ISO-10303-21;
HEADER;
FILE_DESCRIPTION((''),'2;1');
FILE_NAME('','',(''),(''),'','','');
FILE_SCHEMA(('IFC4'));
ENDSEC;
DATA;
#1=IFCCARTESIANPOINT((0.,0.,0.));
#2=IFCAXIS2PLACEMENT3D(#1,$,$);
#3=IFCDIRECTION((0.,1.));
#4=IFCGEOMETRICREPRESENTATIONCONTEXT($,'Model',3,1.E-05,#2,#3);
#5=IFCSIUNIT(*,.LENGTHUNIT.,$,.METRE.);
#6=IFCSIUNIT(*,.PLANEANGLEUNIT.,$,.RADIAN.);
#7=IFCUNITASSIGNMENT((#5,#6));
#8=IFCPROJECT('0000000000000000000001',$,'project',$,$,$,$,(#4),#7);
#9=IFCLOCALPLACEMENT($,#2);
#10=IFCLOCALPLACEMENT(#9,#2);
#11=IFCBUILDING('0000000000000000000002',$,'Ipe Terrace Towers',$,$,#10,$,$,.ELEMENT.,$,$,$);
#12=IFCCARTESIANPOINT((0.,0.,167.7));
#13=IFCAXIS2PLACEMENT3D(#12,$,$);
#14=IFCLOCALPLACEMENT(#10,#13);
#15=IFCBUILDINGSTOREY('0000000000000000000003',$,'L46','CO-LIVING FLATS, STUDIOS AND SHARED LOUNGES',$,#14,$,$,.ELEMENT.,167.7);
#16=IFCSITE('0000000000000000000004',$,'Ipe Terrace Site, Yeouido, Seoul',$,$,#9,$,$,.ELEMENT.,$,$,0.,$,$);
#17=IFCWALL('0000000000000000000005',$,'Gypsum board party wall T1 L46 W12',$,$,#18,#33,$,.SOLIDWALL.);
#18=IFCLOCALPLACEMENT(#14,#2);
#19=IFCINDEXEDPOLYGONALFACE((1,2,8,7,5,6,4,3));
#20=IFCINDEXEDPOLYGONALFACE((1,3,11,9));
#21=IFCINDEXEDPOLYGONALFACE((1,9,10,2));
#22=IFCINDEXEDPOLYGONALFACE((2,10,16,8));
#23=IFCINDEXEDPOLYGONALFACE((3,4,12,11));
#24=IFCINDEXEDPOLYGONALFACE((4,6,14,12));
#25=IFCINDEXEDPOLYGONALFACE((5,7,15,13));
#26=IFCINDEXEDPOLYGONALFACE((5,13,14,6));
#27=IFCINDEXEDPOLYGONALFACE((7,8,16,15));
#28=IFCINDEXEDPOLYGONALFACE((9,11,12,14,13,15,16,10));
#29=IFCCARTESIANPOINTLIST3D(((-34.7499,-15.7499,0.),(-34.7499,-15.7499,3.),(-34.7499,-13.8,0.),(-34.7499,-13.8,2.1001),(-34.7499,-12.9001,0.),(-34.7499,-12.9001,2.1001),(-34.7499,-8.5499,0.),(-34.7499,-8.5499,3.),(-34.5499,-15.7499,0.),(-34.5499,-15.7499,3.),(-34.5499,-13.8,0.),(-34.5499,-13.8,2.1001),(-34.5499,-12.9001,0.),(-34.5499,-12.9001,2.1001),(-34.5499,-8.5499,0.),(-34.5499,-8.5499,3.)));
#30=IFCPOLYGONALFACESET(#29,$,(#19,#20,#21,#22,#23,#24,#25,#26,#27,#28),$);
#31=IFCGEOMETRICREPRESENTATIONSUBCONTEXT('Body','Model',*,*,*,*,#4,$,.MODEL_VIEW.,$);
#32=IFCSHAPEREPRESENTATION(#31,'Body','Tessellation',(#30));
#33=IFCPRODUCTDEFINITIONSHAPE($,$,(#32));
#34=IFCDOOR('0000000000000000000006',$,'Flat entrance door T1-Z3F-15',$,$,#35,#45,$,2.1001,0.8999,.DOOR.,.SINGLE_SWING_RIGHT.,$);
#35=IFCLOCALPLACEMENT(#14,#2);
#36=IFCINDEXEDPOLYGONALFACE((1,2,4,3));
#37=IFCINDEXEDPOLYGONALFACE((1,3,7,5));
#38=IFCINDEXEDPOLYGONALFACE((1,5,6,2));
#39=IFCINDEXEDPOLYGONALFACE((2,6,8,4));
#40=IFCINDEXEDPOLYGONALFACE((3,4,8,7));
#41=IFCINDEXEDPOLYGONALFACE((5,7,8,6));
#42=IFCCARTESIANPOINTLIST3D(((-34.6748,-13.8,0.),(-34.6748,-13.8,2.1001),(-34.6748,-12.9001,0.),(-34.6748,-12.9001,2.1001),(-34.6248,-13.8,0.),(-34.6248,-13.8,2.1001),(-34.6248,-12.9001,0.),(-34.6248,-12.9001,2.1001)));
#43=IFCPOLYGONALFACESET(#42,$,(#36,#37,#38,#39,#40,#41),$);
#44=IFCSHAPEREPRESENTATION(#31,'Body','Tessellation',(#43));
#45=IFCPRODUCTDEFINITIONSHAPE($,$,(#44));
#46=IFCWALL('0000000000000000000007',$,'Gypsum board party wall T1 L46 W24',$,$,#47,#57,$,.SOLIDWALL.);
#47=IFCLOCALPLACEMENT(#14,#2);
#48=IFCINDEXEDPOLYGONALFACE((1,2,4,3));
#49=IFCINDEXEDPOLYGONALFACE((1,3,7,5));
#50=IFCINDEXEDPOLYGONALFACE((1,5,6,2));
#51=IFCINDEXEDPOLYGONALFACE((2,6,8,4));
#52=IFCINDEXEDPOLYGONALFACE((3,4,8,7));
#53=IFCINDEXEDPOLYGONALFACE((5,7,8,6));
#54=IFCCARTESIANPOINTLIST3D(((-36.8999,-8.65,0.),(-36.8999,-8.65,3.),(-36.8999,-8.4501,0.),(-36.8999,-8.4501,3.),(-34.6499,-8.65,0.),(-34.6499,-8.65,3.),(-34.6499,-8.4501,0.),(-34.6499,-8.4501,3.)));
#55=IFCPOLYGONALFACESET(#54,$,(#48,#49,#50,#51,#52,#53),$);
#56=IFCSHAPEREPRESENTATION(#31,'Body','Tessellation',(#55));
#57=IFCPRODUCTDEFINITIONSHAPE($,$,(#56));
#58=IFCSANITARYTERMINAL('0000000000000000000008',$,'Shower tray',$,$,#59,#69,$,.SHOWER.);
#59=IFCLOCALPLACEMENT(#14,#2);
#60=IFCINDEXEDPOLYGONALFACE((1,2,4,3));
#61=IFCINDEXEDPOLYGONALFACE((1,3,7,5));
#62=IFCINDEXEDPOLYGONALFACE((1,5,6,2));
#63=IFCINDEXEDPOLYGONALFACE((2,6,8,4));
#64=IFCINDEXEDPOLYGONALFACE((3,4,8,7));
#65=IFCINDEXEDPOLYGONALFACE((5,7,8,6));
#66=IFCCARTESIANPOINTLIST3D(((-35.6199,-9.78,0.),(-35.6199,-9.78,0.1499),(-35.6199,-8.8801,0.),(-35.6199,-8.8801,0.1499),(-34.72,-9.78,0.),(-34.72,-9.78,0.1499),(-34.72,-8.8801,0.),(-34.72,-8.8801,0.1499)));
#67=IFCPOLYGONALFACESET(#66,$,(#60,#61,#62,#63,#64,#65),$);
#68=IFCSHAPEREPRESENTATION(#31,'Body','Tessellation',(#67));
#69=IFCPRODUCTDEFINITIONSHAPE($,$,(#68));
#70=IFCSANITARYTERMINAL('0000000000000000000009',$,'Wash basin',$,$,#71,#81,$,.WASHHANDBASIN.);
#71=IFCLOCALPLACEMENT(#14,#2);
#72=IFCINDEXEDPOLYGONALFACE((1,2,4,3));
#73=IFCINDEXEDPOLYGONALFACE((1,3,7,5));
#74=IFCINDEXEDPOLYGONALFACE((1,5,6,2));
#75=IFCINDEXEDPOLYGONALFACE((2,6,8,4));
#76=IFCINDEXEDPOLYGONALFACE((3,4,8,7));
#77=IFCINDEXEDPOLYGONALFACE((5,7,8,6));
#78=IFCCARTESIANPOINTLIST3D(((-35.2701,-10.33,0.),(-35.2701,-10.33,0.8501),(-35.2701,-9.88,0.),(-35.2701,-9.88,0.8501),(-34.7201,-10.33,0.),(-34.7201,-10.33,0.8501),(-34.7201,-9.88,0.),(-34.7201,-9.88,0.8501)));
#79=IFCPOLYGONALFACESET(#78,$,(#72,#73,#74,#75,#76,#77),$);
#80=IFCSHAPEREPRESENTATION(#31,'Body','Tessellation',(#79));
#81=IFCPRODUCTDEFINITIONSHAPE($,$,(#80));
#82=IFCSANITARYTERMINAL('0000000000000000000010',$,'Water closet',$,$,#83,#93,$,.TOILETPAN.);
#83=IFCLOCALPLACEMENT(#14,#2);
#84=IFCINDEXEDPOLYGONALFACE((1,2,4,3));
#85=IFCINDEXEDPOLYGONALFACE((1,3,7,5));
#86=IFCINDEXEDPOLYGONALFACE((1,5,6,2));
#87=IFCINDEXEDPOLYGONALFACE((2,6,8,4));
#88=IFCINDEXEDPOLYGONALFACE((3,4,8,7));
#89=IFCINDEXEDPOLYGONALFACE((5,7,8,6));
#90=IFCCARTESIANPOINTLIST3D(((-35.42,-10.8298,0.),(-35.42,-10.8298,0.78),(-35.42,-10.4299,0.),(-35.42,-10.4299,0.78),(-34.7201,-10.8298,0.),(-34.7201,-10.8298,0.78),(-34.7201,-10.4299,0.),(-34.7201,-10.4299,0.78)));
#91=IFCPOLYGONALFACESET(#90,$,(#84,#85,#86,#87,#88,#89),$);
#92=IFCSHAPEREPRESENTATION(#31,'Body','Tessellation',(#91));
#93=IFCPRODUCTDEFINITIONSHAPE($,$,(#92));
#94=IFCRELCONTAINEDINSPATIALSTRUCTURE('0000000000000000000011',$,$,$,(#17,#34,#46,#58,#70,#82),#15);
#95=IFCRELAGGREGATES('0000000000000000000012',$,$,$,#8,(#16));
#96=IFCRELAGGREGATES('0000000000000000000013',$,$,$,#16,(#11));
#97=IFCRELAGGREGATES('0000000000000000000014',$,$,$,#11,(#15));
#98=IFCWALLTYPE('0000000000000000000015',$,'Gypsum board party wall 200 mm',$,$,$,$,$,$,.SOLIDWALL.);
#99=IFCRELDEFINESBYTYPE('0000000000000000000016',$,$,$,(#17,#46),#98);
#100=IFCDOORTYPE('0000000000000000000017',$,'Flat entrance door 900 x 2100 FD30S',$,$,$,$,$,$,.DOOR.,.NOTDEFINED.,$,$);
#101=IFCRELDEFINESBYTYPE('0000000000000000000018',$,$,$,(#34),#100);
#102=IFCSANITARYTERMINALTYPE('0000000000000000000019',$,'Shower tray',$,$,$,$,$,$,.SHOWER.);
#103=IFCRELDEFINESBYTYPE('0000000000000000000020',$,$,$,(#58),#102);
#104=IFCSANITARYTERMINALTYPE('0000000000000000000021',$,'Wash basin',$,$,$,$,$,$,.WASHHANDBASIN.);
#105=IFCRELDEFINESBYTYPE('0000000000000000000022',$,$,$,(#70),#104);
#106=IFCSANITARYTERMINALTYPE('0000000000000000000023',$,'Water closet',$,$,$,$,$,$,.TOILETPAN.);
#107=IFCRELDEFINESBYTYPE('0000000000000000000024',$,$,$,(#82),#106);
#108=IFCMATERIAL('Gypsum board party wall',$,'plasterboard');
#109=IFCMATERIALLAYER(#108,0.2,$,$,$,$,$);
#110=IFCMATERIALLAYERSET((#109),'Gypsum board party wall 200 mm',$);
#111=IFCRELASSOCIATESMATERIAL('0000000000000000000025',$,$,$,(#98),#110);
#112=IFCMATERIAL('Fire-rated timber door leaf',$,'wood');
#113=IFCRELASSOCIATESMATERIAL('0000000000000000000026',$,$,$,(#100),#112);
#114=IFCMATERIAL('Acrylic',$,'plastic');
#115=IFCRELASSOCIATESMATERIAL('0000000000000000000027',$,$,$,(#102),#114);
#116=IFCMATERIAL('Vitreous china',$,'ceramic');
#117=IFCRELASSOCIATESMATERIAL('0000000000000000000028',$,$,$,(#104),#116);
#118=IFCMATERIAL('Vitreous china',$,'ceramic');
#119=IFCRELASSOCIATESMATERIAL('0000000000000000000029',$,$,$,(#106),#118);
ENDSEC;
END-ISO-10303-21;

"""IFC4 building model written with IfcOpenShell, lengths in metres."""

from ifc_helpers import new_model, si_unit, direction, frame, frame_2d, origin, origin_2d, place, context, subcontext, project, spatial, rectangle, extrude, material, layer, layer_set, type_object, element, fill, save


model = new_model("IFC4")

# Units and contexts
model_context = context("Model", 3, precision=1e-05, world=origin(), true_north=direction((0.0, 1.0)))
body_context = subcontext(model_context, "Body", "Model", "MODEL_VIEW")
ifc_project = project(units=[si_unit("LENGTHUNIT", "METRE"), si_unit("PLANEANGLEUNIT", "RADIAN")], contexts=[model_context])

# Site, building, storey
site_placement = place(None, origin())
site = spatial("IfcSite", under=ifc_project, at=site_placement, Name="Ipe Terrace Site, Yeouido, Seoul", CompositionType="ELEMENT", RefElevation=0.0)
building_placement = place(site_placement, origin())
building = spatial("IfcBuilding", under=site, at=building_placement, Name="Ipe Terrace Towers", CompositionType="ELEMENT")
storey_placement = place(building_placement, frame((0.0, 0.0, 167.7)))
storey = spatial("IfcBuildingStorey", under=building, at=storey_placement, Name="L46", Description="CO-LIVING FLATS, STUDIOS AND SHARED LOUNGES", CompositionType="ELEMENT", Elevation=167.7)

# Shared definitions
ifc_material_1 = material(Name="Gypsum board party wall", Category="plasterboard")
ifc_layer_1 = layer(ifc_material_1, 0.2)
ifc_layer_set_1 = layer_set([ifc_layer_1], Name="Gypsum board party wall 200 mm")
wall_type_1 = type_object("IfcWallType", Name="Gypsum board party wall 200 mm", PredefinedType="SOLIDWALL", material=ifc_layer_set_1)

# Wall, opening, door
wall_1_placement = place(storey_placement, frame((-34.6499, -15.75, 0.0), z_axis=(0.0, 0.0, 1.0), x_axis=(0.0, 1.0, 0.0)))
wall_1 = element("IfcWall", 1, at=wall_1_placement, inside=storey, type_object=wall_type_1, Name="Gypsum board party wall T1 L46 W12", PredefinedType="SOLIDWALL", context=body_context, shape_type="SweptSolid", body=[
    extrude(rectangle(XDim=7.2, YDim=0.2, at=frame_2d((3.6001, 0.0))), origin(), (0.0, 0.0, 1.0), 3.0),
])
opening_1_placement = place(wall_1_placement, frame((1.95, 0.0, 0.0)))
opening_1 = element("IfcOpeningElement", 2, at=opening_1_placement, cuts=wall_1, PredefinedType="OPENING", context=body_context, shape_type="SweptSolid", body=[
    extrude(rectangle(XDim=0.8999, YDim=2.1001, at=frame_2d((0.45, 1.05))), frame((0.0, 0.1099, 0.0), z_axis=(0.0, -1.0, 0.0), x_axis=(1.0, 0.0, 0.0)), (0.0, 0.0, 1.0), 0.22),
])
ifc_material_2 = material(Name="Fire-rated timber door leaf", Category="wood")
door_type_1 = type_object("IfcDoorType", Name="Flat entrance door 900 x 2100 FD30S", OperationType="NOTDEFINED", PredefinedType="DOOR", material=ifc_material_2)
door_1_placement = place(opening_1_placement, origin())
door_1 = element("IfcDoor", 3, at=door_1_placement, inside=storey, type_object=door_type_1, Name="Flat entrance door T1-Z3F-15", OperationType="SINGLE_SWING_RIGHT", OverallHeight=2.1001, OverallWidth=0.8999, PredefinedType="DOOR", context=body_context, shape_type="SweptSolid", body=[
    extrude(rectangle(XDim=0.8999, YDim=2.1001, at=frame_2d((0.45, 1.05))), frame((0.0, 0.0249, 0.0), z_axis=(0.0, -1.0, 0.0), x_axis=(1.0, 0.0, 0.0)), (0.0, 0.0, 1.0), 0.05),
])
fill(opening_1, door_1)

# Wall
wall_2_placement = place(storey_placement, frame((-36.8999, -8.55, 0.0), z_axis=(0.0, 0.0, 1.0), x_axis=(1.0, 0.0, 0.0)))
element("IfcWall", 4, at=wall_2_placement, inside=storey, type_object=wall_type_1, Name="Gypsum board party wall T1 L46 W24", PredefinedType="SOLIDWALL", context=body_context, shape_type="SweptSolid", body=[
    extrude(rectangle(XDim=2.25, YDim=0.2, at=frame_2d((1.125, 0.0))), origin(), (0.0, 0.0, 1.0), 3.0),
])

# Sanitary terminals
ifc_material_3 = material(Name="Acrylic", Category="plastic")
sanitary_terminal_type_1 = type_object("IfcSanitaryTerminalType", Name="Shower tray", PredefinedType="SHOWER", material=ifc_material_3)
sanitary_terminal_1_placement = place(storey_placement, frame((-35.1699, -9.3301, 0.0), z_axis=(0.0, 0.0, 1.0), x_axis=(-1.0, 0.0, 0.0)))
element("IfcSanitaryTerminal", 5, at=sanitary_terminal_1_placement, inside=storey, type_object=sanitary_terminal_type_1, Name="Shower tray", PredefinedType="SHOWER", context=body_context, shape_type="SweptSolid", body=[
    extrude(rectangle(XDim=0.8999, YDim=0.8999, at=origin_2d()), origin(), (0.0, 0.0, 1.0), 0.1499),
])
ifc_material_4 = material(Name="Vitreous china", Category="ceramic")
sanitary_terminal_type_2 = type_object("IfcSanitaryTerminalType", Name="Wash basin", PredefinedType="WASHHANDBASIN", material=ifc_material_4)
sanitary_terminal_2_placement = place(storey_placement, frame((-34.9951, -10.105, 0.0), z_axis=(0.0, 0.0, 1.0), x_axis=(-1.0, 0.0, 0.0)))
element("IfcSanitaryTerminal", 6, at=sanitary_terminal_2_placement, inside=storey, type_object=sanitary_terminal_type_2, Name="Wash basin", PredefinedType="WASHHANDBASIN", context=body_context, shape_type="SweptSolid", body=[
    extrude(rectangle(XDim=0.55, YDim=0.45, at=origin_2d()), origin(), (0.0, 0.0, 1.0), 0.8501),
])
ifc_material_5 = material(Name="Vitreous china", Category="ceramic")
sanitary_terminal_type_3 = type_object("IfcSanitaryTerminalType", Name="Water closet", PredefinedType="TOILETPAN", material=ifc_material_5)
sanitary_terminal_3_placement = place(storey_placement, frame((-35.0701, -10.6299, 0.0), z_axis=(0.0, 0.0, 1.0), x_axis=(-1.0, 0.0, 0.0)))
element("IfcSanitaryTerminal", 7, at=sanitary_terminal_3_placement, inside=storey, type_object=sanitary_terminal_type_3, Name="Water closet", PredefinedType="TOILETPAN", context=body_context, shape_type="SweptSolid", body=[
    extrude(rectangle(XDim=0.7, YDim=0.3999, at=origin_2d()), origin(), (0.0, 0.0, 1.0), 0.78),
])

save(model, "model.ifc")
